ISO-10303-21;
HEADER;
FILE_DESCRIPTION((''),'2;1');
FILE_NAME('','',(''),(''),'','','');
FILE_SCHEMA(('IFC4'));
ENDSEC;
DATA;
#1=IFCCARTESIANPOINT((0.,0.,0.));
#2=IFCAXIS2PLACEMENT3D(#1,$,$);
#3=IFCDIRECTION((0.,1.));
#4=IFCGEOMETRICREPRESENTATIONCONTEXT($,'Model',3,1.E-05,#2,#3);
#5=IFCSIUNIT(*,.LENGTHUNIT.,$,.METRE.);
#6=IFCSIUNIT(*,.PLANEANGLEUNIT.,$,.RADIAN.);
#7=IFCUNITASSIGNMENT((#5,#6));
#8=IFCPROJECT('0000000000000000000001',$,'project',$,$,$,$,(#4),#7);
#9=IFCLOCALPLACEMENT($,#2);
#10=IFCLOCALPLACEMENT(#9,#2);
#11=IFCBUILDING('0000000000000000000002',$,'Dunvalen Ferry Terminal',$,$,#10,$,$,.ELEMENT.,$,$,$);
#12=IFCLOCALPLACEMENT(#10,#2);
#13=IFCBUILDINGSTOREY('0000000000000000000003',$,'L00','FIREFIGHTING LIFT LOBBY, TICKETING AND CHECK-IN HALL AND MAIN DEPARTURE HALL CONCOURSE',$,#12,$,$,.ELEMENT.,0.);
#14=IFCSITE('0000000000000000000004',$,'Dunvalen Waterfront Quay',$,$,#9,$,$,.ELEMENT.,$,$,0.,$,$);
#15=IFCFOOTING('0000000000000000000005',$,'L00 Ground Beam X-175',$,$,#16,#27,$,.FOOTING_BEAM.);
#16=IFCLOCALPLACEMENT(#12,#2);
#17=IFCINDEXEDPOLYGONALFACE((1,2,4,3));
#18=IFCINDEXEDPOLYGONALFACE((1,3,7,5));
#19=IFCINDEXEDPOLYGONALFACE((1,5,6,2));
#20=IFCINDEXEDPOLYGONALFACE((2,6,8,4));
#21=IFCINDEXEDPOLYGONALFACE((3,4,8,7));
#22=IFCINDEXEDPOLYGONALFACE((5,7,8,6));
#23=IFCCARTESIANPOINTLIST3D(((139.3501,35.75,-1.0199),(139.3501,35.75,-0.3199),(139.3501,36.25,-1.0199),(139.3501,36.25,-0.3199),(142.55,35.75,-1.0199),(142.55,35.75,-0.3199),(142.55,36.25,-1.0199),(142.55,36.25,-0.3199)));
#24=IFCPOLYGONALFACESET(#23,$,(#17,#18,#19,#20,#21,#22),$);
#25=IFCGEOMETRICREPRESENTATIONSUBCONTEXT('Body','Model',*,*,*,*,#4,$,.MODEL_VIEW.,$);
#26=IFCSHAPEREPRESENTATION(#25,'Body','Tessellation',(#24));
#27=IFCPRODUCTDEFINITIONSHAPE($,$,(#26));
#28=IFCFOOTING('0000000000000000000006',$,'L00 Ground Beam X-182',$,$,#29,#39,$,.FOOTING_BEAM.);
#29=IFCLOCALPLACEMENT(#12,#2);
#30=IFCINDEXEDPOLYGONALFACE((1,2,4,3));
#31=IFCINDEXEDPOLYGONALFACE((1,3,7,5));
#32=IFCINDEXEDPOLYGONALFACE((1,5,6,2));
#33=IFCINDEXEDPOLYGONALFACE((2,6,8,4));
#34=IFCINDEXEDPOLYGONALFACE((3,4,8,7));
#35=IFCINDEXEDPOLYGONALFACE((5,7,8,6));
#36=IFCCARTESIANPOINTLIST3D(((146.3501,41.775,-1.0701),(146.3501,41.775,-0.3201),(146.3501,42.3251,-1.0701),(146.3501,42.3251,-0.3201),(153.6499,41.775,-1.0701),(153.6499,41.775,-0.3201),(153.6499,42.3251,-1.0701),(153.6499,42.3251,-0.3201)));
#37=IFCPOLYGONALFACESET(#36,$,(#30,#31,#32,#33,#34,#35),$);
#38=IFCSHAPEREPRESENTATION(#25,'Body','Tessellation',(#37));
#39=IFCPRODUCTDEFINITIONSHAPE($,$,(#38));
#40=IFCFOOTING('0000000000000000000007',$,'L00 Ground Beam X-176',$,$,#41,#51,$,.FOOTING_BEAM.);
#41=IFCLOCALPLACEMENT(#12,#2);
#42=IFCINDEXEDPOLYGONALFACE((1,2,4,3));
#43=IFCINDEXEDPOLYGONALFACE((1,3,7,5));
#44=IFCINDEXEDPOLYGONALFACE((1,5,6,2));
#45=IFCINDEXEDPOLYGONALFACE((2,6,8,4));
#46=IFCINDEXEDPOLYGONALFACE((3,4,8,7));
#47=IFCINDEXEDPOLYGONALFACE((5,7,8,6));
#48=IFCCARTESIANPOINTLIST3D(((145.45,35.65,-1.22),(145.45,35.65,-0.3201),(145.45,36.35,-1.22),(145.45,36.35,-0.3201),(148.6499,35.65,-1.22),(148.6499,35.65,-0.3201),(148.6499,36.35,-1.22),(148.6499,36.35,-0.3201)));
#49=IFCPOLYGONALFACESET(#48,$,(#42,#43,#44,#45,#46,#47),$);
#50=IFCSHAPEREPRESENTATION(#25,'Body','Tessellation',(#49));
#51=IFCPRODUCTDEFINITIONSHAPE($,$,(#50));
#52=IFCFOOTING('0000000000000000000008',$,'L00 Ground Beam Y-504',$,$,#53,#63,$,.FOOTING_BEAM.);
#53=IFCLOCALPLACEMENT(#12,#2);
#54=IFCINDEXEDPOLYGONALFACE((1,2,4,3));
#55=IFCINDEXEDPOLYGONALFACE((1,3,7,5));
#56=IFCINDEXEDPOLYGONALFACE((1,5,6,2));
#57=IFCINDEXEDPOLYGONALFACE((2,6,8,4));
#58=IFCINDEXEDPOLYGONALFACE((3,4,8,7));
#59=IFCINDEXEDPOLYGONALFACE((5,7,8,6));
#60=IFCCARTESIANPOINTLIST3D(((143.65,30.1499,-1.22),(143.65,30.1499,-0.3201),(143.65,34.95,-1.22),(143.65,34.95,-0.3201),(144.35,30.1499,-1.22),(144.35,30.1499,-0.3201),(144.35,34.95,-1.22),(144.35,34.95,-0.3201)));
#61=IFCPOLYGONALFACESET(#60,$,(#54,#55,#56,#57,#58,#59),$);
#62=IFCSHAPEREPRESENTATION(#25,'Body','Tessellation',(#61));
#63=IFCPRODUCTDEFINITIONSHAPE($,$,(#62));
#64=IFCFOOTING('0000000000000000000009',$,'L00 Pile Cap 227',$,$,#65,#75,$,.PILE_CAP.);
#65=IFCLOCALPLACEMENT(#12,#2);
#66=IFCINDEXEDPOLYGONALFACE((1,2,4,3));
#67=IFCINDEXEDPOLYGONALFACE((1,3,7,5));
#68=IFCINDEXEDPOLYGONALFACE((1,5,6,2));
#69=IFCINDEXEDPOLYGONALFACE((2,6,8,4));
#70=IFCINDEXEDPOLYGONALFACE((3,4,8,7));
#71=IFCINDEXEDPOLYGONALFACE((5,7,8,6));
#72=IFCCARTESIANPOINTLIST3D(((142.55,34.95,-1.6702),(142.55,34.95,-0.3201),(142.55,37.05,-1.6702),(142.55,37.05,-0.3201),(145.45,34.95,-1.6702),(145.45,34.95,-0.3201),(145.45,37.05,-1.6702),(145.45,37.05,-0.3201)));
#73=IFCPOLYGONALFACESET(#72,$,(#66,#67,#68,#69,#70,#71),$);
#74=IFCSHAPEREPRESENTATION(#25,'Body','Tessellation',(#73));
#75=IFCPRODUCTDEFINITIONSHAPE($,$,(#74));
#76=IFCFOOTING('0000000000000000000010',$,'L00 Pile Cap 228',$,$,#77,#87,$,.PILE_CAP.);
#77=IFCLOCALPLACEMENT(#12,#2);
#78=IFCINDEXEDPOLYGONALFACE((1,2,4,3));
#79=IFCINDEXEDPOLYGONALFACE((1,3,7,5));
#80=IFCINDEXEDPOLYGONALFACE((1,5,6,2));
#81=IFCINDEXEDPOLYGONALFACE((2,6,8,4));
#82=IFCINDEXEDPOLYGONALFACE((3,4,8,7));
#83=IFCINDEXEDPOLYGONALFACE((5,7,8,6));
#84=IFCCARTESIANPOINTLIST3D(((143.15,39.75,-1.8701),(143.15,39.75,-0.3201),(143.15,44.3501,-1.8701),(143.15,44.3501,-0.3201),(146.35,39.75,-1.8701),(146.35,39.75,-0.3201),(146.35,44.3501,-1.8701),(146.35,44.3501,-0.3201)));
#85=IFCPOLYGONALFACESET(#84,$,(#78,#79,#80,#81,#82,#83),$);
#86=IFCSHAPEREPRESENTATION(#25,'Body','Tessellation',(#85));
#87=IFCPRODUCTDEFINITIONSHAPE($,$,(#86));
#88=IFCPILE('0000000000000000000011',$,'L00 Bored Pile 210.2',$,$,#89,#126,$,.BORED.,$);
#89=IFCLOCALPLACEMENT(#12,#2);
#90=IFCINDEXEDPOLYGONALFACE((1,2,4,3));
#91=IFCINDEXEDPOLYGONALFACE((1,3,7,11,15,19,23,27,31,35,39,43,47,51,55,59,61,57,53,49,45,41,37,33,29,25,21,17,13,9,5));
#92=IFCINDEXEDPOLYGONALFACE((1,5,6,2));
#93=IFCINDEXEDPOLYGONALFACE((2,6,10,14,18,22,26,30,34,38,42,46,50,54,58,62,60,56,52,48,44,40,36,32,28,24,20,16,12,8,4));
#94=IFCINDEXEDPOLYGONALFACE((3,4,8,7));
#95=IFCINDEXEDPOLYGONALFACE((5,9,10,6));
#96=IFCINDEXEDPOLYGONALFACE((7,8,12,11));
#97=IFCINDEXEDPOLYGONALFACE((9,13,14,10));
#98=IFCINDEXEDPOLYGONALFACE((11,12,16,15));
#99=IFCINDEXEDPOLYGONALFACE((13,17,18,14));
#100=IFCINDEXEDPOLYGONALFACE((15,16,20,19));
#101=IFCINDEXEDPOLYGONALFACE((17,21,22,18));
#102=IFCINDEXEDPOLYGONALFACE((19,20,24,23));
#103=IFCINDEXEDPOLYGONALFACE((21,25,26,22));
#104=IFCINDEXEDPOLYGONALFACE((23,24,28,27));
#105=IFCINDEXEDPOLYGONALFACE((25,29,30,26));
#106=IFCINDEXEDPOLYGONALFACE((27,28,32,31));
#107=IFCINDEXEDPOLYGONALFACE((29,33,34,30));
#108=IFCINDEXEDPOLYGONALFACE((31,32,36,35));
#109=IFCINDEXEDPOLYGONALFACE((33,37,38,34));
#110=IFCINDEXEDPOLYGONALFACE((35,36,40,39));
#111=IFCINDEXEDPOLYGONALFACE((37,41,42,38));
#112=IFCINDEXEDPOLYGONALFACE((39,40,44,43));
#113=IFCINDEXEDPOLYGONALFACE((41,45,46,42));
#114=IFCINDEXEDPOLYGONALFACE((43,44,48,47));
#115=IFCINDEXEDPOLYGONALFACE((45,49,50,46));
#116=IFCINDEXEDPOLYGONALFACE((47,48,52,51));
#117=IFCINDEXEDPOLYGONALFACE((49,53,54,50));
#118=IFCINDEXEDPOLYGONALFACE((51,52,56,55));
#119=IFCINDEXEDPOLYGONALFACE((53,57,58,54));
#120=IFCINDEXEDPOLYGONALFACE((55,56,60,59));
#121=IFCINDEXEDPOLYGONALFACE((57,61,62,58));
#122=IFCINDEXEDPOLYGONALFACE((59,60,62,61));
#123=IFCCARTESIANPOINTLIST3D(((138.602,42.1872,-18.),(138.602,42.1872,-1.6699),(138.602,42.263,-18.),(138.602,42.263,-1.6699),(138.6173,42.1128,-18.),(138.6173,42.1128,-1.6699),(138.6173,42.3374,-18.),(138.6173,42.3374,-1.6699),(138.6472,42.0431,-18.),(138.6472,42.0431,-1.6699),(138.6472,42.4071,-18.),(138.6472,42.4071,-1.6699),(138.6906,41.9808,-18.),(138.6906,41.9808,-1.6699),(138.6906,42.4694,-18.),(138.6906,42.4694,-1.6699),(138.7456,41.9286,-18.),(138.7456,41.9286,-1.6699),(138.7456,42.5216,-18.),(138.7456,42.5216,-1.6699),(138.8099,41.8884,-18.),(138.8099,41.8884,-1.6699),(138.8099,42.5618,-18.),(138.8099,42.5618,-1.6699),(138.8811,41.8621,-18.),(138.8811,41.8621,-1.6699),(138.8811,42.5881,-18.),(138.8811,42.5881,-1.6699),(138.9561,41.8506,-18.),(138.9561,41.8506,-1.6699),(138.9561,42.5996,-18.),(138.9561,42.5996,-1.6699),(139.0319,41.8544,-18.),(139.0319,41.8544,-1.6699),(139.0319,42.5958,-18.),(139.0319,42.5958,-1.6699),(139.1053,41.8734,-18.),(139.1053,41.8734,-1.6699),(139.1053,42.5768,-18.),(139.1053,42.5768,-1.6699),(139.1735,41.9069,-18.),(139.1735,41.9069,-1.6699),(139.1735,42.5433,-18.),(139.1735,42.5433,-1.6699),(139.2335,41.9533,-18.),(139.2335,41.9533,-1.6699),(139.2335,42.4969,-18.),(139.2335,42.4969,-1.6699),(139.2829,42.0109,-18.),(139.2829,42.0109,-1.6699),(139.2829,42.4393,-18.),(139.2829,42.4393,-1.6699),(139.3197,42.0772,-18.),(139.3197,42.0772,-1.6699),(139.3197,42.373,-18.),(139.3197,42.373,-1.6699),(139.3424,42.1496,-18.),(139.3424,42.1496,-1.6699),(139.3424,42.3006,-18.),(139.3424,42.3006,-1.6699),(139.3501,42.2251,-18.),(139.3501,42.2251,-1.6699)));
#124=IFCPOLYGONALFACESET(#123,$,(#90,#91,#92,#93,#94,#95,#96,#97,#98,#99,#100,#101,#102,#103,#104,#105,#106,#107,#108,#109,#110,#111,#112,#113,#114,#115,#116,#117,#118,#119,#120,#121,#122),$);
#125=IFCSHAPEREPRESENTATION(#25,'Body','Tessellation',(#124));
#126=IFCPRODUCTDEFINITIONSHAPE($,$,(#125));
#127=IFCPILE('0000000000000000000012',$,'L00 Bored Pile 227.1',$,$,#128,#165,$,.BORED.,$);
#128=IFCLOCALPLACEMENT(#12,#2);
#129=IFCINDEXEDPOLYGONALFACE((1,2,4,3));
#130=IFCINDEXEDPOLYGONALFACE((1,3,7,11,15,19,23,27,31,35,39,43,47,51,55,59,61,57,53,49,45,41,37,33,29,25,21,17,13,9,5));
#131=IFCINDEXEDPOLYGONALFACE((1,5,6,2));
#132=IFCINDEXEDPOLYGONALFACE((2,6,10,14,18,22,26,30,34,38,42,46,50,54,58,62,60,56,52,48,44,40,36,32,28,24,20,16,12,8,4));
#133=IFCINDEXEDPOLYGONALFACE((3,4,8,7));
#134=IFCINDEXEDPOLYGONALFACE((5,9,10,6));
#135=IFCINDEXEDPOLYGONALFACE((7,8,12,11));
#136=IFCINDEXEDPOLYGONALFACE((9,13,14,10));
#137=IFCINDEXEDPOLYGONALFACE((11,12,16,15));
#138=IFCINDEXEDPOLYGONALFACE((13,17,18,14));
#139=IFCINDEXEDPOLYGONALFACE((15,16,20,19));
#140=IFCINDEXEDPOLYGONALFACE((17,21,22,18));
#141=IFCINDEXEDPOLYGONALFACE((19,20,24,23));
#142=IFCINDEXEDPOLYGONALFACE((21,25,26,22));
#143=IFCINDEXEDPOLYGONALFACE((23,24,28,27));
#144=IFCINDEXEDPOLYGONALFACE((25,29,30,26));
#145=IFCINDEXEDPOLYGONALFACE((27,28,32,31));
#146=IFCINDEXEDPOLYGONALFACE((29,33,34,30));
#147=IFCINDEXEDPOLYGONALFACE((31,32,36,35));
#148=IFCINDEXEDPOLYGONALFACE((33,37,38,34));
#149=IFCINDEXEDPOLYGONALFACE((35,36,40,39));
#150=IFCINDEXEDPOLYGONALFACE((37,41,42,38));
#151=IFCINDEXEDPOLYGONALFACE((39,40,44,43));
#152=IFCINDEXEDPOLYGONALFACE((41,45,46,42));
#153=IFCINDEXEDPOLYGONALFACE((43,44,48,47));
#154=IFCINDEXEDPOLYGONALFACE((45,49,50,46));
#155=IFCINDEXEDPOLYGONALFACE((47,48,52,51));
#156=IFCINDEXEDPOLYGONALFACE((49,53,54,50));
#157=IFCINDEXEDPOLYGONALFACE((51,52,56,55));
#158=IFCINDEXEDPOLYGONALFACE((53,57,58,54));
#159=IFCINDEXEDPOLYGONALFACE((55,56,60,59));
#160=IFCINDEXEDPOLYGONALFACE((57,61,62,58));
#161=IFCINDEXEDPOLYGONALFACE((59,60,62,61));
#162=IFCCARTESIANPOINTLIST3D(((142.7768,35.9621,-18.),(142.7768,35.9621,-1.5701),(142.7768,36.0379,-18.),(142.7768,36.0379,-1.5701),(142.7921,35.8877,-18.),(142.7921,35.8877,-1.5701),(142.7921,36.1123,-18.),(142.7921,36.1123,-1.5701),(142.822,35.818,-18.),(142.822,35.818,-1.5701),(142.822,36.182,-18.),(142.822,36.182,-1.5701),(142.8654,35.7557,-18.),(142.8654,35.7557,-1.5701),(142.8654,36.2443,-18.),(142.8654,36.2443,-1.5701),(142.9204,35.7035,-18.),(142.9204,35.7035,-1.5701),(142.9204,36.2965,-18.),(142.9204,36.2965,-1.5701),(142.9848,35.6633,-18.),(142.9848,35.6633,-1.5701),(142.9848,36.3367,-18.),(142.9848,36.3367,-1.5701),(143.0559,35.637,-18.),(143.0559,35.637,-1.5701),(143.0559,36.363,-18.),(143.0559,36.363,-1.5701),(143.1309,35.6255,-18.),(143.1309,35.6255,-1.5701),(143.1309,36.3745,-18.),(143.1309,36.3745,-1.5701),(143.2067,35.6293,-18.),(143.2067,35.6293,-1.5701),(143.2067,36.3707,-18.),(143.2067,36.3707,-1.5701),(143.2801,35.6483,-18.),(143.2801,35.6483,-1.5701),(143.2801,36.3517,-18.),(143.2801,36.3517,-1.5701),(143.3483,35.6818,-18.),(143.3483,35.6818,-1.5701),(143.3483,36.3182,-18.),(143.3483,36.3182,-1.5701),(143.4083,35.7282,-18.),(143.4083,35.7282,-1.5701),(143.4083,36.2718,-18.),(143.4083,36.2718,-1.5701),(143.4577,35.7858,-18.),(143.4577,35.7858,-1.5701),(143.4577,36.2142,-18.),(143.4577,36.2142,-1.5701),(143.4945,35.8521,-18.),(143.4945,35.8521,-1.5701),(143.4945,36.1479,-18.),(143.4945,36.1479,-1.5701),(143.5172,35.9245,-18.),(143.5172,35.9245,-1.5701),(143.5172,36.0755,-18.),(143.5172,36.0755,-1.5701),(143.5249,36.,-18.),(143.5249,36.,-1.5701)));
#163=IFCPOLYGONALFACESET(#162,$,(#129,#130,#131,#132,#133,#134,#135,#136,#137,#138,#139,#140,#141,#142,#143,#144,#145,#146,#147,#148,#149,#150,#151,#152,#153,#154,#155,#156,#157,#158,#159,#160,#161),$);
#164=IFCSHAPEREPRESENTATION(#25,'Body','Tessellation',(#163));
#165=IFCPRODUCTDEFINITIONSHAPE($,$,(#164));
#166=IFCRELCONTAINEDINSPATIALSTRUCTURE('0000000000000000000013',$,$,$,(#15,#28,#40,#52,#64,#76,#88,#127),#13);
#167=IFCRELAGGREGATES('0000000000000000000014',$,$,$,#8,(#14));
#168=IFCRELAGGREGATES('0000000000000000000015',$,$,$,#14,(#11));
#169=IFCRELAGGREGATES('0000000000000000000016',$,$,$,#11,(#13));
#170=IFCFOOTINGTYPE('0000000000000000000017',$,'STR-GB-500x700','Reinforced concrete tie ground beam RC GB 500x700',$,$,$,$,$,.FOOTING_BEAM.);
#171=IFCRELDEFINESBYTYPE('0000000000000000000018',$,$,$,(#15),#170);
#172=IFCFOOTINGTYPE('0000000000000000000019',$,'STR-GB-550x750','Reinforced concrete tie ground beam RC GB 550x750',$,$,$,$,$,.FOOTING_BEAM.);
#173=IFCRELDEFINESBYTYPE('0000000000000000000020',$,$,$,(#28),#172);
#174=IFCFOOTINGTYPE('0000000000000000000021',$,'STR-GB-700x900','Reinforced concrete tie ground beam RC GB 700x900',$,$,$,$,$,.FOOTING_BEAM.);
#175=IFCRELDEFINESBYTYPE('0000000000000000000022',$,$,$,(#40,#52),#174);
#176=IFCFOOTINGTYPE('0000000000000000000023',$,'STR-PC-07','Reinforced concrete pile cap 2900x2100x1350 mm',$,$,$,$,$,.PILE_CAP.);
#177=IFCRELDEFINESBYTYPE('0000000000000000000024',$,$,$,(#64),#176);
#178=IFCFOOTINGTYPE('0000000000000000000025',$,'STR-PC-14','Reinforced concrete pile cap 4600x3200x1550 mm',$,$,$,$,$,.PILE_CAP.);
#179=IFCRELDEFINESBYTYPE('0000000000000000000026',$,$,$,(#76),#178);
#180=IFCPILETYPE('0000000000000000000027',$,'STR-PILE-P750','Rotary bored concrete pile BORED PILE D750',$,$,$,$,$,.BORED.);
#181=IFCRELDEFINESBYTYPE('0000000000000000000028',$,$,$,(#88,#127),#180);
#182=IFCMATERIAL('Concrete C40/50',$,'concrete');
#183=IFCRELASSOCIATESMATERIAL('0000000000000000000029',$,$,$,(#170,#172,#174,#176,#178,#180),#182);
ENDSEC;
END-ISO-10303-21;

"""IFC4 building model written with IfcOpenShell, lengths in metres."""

from ifc_helpers import new_model, si_unit, direction, frame, origin, origin_2d, place, context, subcontext, project, spatial, rectangle, circle, extrude, material, material_profile, profile_set, type_object, element, save


model = new_model("IFC4")

# Units and contexts
model_context = context("Model", 3, precision=1e-05, world=origin(), true_north=direction((0.0, 1.0)))
body_context = subcontext(model_context, "Body", "Model", "MODEL_VIEW")
ifc_project = project(units=[si_unit("LENGTHUNIT", "METRE"), si_unit("PLANEANGLEUNIT", "RADIAN")], contexts=[model_context])

# Site, building, storey
site_placement = place(None, origin())
site = spatial("IfcSite", under=ifc_project, at=site_placement, Name="Dunvalen Waterfront Quay", CompositionType="ELEMENT", RefElevation=0.0)
building_placement = place(site_placement, origin())
building = spatial("IfcBuilding", under=site, at=building_placement, Name="Dunvalen Ferry Terminal", CompositionType="ELEMENT")
storey_placement = place(building_placement, origin())
storey = spatial("IfcBuildingStorey", under=building, at=storey_placement, Name="L00", Description="FIREFIGHTING LIFT LOBBY, TICKETING AND CHECK-IN HALL AND MAIN DEPARTURE HALL CONCOURSE", CompositionType="ELEMENT", Elevation=0.0)

# Footings
ifc_material_1 = material(Name="Concrete C40/50", Category="concrete")
ifc_material_profile_1 = material_profile(ifc_material_1, rectangle(XDim=0.5, YDim=0.7, at=origin_2d()), Name="Concrete C40/50")
ifc_profile_set_1 = profile_set([ifc_material_profile_1], Name="Concrete C40/50")
footing_type_1 = type_object("IfcFootingType", Name="STR-GB-500x700", Description="Reinforced concrete tie ground beam RC GB 500x700", PredefinedType="FOOTING_BEAM", material=ifc_profile_set_1)
footing_1_placement = place(storey_placement, frame((139.3501, 36.0, -0.6699), z_axis=(1.0, 0.0, 0.0), x_axis=(0.0, 1.0, 0.0)))
element("IfcFooting", 1, at=footing_1_placement, inside=storey, type_object=footing_type_1, Name="L00 Ground Beam X-175", PredefinedType="FOOTING_BEAM", context=body_context, shape_type="SweptSolid", body=[
    extrude(rectangle(XDim=0.5, YDim=0.7, at=origin_2d()), origin(), (0.0, 0.0, 1.0), 3.2),
])
ifc_material_profile_2 = material_profile(ifc_material_1, rectangle(XDim=0.55, YDim=0.75, at=origin_2d()), Name="Concrete C40/50")
ifc_profile_set_2 = profile_set([ifc_material_profile_2], Name="Concrete C40/50")
footing_type_2 = type_object("IfcFootingType", Name="STR-GB-550x750", Description="Reinforced concrete tie ground beam RC GB 550x750", PredefinedType="FOOTING_BEAM", material=ifc_profile_set_2)
footing_2_placement = place(storey_placement, frame((146.3501, 42.05, -0.6951), z_axis=(1.0, 0.0, 0.0), x_axis=(0.0, 1.0, 0.0)))
element("IfcFooting", 2, at=footing_2_placement, inside=storey, type_object=footing_type_2, Name="L00 Ground Beam X-182", PredefinedType="FOOTING_BEAM", context=body_context, shape_type="SweptSolid", body=[
    extrude(rectangle(XDim=0.55, YDim=0.75, at=origin_2d()), origin(), (0.0, 0.0, 1.0), 7.2998),
])
ifc_material_profile_3 = material_profile(ifc_material_1, rectangle(XDim=0.7, YDim=0.8999, at=origin_2d()), Name="Concrete C40/50")
ifc_profile_set_3 = profile_set([ifc_material_profile_3], Name="Concrete C40/50")
footing_type_3 = type_object("IfcFootingType", Name="STR-GB-700x900", Description="Reinforced concrete tie ground beam RC GB 700x900", PredefinedType="FOOTING_BEAM", material=ifc_profile_set_3)
footing_3_placement = place(storey_placement, frame((145.45, 36.0, -0.77), z_axis=(1.0, 0.0, 0.0), x_axis=(0.0, 1.0, 0.0)))
element("IfcFooting", 3, at=footing_3_placement, inside=storey, type_object=footing_type_3, Name="L00 Ground Beam X-176", PredefinedType="FOOTING_BEAM", context=body_context, shape_type="SweptSolid", body=[
    extrude(rectangle(XDim=0.7, YDim=0.8999, at=origin_2d()), origin(), (0.0, 0.0, 1.0), 3.2),
])
footing_4_placement = place(storey_placement, frame((144.0, 30.1499, -0.77), z_axis=(0.0, 1.0, 0.0), x_axis=(-1.0, 0.0, 0.0)))
element("IfcFooting", 4, at=footing_4_placement, inside=storey, type_object=footing_type_3, Name="L00 Ground Beam Y-504", PredefinedType="FOOTING_BEAM", context=body_context, shape_type="SweptSolid", body=[
    extrude(rectangle(XDim=0.7, YDim=0.8999, at=origin_2d()), origin(), (0.0, 0.0, 1.0), 4.8),
])
footing_type_4 = type_object("IfcFootingType", Name="STR-PC-07", Description="Reinforced concrete pile cap 2900x2100x1350 mm", PredefinedType="PILE_CAP", material=ifc_material_1)
footing_5_placement = place(storey_placement, frame((144.0, 36.0, -1.6702), z_axis=(0.0, 0.0, 1.0), x_axis=(1.0, 0.0, 0.0)))
element("IfcFooting", 5, at=footing_5_placement, inside=storey, type_object=footing_type_4, Name="L00 Pile Cap 227", PredefinedType="PILE_CAP", context=body_context, shape_type="SweptSolid", body=[
    extrude(rectangle(XDim=2.8999, YDim=2.1001, at=origin_2d()), origin(), (0.0, 0.0, 1.0), 1.3501),
])
footing_type_5 = type_object("IfcFootingType", Name="STR-PC-14", Description="Reinforced concrete pile cap 4600x3200x1550 mm", PredefinedType="PILE_CAP", material=ifc_material_1)
footing_6_placement = place(storey_placement, frame((144.75, 42.05, -1.8701), z_axis=(0.0, 0.0, 1.0), x_axis=(0.0, 1.0, 0.0)))
element("IfcFooting", 6, at=footing_6_placement, inside=storey, type_object=footing_type_5, Name="L00 Pile Cap 228", PredefinedType="PILE_CAP", context=body_context, shape_type="SweptSolid", body=[
    extrude(rectangle(XDim=4.6001, YDim=3.2, at=origin_2d()), origin(), (0.0, 0.0, 1.0), 1.55),
])

# Piles
ifc_material_profile_4 = material_profile(ifc_material_1, circle(Radius=0.375, at=origin_2d()), Name="Concrete C40/50")
ifc_profile_set_4 = profile_set([ifc_material_profile_4], Name="Concrete C40/50")
pile_type_1 = type_object("IfcPileType", Name="STR-PILE-P750", Description="Rotary bored concrete pile BORED PILE D750", PredefinedType="BORED", material=ifc_profile_set_4)
pile_1_placement = place(storey_placement, frame((138.9751, 42.2251, -1.6699), z_axis=(0.0, 0.0, -1.0), x_axis=(1.0, 0.0, 0.0)))
element("IfcPile", 7, at=pile_1_placement, inside=storey, type_object=pile_type_1, Name="L00 Bored Pile 210.2", PredefinedType="BORED", context=body_context, shape_type="SweptSolid", body=[
    extrude(circle(Radius=0.375, at=origin_2d()), origin(), (0.0, 0.0, 1.0), 16.3301),
])
for number, where, z_axis, x_axis, name in (
    (8, (143.1499, 36.0, -1.5701), (0.0, 0.0, -1.0), (1.0, 0.0, 0.0), "L00 Bored Pile 227.1"),
):
    element("IfcPile", number, at=place(storey_placement, frame(where, z_axis=z_axis, x_axis=x_axis)), inside=storey, type_object=pile_type_1, Name=name, PredefinedType="BORED", context=body_context, shape_type="SweptSolid", body=[
        extrude(circle(Radius=0.375, at=origin_2d()), origin(), (0.0, 0.0, 1.0), 16.4299),
    ])

save(model, "model.ifc")
